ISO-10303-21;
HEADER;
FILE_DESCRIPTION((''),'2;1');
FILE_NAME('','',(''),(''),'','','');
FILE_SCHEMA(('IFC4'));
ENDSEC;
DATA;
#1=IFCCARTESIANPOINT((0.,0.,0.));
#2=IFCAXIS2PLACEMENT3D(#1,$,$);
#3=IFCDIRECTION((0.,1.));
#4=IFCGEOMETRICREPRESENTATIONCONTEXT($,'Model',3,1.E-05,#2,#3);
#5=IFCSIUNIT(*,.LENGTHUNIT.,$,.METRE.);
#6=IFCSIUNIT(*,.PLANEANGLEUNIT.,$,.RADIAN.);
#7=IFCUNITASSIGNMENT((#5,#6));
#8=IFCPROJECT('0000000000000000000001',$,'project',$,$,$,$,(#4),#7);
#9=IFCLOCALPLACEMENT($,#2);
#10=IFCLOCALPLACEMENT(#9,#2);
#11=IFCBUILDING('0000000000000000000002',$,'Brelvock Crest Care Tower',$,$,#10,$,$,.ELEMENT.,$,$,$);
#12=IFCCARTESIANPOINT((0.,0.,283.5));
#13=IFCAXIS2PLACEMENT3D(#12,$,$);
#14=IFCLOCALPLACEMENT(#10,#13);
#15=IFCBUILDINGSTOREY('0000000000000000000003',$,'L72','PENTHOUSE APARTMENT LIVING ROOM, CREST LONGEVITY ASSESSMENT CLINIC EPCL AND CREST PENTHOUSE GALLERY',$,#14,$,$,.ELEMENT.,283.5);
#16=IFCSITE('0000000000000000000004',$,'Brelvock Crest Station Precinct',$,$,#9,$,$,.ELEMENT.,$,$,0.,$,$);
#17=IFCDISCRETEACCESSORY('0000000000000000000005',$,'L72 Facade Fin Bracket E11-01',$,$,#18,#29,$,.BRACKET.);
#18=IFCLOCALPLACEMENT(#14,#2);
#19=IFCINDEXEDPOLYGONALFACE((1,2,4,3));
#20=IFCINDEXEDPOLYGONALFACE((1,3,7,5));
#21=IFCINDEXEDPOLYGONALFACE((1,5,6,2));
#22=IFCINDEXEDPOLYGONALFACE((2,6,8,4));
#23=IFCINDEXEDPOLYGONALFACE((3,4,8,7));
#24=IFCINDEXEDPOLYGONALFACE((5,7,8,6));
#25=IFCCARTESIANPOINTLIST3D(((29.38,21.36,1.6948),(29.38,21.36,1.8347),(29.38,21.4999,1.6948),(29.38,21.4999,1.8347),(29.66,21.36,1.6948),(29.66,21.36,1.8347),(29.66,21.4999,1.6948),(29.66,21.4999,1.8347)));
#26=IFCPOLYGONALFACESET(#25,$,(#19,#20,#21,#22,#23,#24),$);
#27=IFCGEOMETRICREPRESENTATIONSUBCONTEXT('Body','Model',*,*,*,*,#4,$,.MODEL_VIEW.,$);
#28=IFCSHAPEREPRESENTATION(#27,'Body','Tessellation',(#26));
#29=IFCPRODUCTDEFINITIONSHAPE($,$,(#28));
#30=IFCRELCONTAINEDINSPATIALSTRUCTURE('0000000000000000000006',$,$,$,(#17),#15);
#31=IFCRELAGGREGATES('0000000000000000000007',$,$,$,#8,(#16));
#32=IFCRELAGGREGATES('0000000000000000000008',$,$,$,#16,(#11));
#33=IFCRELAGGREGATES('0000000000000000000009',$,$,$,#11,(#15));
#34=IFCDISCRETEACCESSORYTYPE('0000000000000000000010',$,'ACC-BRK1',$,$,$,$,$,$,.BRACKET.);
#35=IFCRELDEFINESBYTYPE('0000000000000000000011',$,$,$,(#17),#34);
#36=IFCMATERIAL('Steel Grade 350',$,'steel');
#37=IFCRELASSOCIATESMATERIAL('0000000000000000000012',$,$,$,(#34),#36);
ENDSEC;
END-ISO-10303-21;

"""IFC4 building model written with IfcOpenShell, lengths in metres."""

from ifc_helpers import new_model, si_unit, direction, frame, origin, origin_2d, place, context, subcontext, project, spatial, rectangle, extrude, source, transform, mapped, material, type_object, element, save


model = new_model("IFC4")

# Units and contexts
model_context = context("Model", 3, precision=1e-05, world=origin(), true_north=direction((0.0, 1.0)))
body_context = subcontext(model_context, "Body", "Model", "MODEL_VIEW")
ifc_project = project(units=[si_unit("LENGTHUNIT", "METRE"), si_unit("PLANEANGLEUNIT", "RADIAN")], contexts=[model_context])

# Site, building, storey
site_placement = place(None, origin())
site = spatial("IfcSite", under=ifc_project, at=site_placement, Name="Brelvock Crest Station Precinct", CompositionType="ELEMENT", RefElevation=0.0)
building_placement = place(site_placement, origin())
building = spatial("IfcBuilding", under=site, at=building_placement, Name="Brelvock Crest Care Tower", CompositionType="ELEMENT")
storey_placement = place(building_placement, frame((0.0, 0.0, 283.5)))
storey = spatial("IfcBuildingStorey", under=building, at=storey_placement, Name="L72", Description="PENTHOUSE APARTMENT LIVING ROOM, CREST LONGEVITY ASSESSMENT CLINIC EPCL AND CREST PENTHOUSE GALLERY", CompositionType="ELEMENT", Elevation=283.5)

# Shared definitions
ifc_material_1 = material(Name="Steel Grade 350", Category="steel")

# Discrete accessory
discrete_accessory_type = type_object("IfcDiscreteAccessoryType", Name="ACC-BRK1", PredefinedType="BRACKET", material=ifc_material_1)
shared_shape_1 = source(origin(), body_context, "Body", "SweptSolid", [
    extrude(rectangle(XDim=0.28, YDim=0.1399, at=origin_2d()), origin(), (0.0, 0.0, 1.0), 0.1399),
])
discrete_accessory_placement = place(storey_placement, frame((29.52, 21.4299, 1.6948), z_axis=(0.0, 0.0, 1.0), x_axis=(-1.0, 0.0, 0.0)))
element("IfcDiscreteAccessory", 1, at=discrete_accessory_placement, inside=storey, type_object=discrete_accessory_type, Name="L72 Facade Fin Bracket E11-01", PredefinedType="BRACKET", context=body_context, shape_type="MappedRepresentation", body=[
    mapped(shared_shape_1, transform((0.0, 0.0, 0.0), x_axis=(1.0, 0.0, 0.0), y_axis=(0.0, 1.0, 0.0), z_axis=(0.0, 0.0, 1.0), scale=1.0)),
])

save(model, "model.ifc")
